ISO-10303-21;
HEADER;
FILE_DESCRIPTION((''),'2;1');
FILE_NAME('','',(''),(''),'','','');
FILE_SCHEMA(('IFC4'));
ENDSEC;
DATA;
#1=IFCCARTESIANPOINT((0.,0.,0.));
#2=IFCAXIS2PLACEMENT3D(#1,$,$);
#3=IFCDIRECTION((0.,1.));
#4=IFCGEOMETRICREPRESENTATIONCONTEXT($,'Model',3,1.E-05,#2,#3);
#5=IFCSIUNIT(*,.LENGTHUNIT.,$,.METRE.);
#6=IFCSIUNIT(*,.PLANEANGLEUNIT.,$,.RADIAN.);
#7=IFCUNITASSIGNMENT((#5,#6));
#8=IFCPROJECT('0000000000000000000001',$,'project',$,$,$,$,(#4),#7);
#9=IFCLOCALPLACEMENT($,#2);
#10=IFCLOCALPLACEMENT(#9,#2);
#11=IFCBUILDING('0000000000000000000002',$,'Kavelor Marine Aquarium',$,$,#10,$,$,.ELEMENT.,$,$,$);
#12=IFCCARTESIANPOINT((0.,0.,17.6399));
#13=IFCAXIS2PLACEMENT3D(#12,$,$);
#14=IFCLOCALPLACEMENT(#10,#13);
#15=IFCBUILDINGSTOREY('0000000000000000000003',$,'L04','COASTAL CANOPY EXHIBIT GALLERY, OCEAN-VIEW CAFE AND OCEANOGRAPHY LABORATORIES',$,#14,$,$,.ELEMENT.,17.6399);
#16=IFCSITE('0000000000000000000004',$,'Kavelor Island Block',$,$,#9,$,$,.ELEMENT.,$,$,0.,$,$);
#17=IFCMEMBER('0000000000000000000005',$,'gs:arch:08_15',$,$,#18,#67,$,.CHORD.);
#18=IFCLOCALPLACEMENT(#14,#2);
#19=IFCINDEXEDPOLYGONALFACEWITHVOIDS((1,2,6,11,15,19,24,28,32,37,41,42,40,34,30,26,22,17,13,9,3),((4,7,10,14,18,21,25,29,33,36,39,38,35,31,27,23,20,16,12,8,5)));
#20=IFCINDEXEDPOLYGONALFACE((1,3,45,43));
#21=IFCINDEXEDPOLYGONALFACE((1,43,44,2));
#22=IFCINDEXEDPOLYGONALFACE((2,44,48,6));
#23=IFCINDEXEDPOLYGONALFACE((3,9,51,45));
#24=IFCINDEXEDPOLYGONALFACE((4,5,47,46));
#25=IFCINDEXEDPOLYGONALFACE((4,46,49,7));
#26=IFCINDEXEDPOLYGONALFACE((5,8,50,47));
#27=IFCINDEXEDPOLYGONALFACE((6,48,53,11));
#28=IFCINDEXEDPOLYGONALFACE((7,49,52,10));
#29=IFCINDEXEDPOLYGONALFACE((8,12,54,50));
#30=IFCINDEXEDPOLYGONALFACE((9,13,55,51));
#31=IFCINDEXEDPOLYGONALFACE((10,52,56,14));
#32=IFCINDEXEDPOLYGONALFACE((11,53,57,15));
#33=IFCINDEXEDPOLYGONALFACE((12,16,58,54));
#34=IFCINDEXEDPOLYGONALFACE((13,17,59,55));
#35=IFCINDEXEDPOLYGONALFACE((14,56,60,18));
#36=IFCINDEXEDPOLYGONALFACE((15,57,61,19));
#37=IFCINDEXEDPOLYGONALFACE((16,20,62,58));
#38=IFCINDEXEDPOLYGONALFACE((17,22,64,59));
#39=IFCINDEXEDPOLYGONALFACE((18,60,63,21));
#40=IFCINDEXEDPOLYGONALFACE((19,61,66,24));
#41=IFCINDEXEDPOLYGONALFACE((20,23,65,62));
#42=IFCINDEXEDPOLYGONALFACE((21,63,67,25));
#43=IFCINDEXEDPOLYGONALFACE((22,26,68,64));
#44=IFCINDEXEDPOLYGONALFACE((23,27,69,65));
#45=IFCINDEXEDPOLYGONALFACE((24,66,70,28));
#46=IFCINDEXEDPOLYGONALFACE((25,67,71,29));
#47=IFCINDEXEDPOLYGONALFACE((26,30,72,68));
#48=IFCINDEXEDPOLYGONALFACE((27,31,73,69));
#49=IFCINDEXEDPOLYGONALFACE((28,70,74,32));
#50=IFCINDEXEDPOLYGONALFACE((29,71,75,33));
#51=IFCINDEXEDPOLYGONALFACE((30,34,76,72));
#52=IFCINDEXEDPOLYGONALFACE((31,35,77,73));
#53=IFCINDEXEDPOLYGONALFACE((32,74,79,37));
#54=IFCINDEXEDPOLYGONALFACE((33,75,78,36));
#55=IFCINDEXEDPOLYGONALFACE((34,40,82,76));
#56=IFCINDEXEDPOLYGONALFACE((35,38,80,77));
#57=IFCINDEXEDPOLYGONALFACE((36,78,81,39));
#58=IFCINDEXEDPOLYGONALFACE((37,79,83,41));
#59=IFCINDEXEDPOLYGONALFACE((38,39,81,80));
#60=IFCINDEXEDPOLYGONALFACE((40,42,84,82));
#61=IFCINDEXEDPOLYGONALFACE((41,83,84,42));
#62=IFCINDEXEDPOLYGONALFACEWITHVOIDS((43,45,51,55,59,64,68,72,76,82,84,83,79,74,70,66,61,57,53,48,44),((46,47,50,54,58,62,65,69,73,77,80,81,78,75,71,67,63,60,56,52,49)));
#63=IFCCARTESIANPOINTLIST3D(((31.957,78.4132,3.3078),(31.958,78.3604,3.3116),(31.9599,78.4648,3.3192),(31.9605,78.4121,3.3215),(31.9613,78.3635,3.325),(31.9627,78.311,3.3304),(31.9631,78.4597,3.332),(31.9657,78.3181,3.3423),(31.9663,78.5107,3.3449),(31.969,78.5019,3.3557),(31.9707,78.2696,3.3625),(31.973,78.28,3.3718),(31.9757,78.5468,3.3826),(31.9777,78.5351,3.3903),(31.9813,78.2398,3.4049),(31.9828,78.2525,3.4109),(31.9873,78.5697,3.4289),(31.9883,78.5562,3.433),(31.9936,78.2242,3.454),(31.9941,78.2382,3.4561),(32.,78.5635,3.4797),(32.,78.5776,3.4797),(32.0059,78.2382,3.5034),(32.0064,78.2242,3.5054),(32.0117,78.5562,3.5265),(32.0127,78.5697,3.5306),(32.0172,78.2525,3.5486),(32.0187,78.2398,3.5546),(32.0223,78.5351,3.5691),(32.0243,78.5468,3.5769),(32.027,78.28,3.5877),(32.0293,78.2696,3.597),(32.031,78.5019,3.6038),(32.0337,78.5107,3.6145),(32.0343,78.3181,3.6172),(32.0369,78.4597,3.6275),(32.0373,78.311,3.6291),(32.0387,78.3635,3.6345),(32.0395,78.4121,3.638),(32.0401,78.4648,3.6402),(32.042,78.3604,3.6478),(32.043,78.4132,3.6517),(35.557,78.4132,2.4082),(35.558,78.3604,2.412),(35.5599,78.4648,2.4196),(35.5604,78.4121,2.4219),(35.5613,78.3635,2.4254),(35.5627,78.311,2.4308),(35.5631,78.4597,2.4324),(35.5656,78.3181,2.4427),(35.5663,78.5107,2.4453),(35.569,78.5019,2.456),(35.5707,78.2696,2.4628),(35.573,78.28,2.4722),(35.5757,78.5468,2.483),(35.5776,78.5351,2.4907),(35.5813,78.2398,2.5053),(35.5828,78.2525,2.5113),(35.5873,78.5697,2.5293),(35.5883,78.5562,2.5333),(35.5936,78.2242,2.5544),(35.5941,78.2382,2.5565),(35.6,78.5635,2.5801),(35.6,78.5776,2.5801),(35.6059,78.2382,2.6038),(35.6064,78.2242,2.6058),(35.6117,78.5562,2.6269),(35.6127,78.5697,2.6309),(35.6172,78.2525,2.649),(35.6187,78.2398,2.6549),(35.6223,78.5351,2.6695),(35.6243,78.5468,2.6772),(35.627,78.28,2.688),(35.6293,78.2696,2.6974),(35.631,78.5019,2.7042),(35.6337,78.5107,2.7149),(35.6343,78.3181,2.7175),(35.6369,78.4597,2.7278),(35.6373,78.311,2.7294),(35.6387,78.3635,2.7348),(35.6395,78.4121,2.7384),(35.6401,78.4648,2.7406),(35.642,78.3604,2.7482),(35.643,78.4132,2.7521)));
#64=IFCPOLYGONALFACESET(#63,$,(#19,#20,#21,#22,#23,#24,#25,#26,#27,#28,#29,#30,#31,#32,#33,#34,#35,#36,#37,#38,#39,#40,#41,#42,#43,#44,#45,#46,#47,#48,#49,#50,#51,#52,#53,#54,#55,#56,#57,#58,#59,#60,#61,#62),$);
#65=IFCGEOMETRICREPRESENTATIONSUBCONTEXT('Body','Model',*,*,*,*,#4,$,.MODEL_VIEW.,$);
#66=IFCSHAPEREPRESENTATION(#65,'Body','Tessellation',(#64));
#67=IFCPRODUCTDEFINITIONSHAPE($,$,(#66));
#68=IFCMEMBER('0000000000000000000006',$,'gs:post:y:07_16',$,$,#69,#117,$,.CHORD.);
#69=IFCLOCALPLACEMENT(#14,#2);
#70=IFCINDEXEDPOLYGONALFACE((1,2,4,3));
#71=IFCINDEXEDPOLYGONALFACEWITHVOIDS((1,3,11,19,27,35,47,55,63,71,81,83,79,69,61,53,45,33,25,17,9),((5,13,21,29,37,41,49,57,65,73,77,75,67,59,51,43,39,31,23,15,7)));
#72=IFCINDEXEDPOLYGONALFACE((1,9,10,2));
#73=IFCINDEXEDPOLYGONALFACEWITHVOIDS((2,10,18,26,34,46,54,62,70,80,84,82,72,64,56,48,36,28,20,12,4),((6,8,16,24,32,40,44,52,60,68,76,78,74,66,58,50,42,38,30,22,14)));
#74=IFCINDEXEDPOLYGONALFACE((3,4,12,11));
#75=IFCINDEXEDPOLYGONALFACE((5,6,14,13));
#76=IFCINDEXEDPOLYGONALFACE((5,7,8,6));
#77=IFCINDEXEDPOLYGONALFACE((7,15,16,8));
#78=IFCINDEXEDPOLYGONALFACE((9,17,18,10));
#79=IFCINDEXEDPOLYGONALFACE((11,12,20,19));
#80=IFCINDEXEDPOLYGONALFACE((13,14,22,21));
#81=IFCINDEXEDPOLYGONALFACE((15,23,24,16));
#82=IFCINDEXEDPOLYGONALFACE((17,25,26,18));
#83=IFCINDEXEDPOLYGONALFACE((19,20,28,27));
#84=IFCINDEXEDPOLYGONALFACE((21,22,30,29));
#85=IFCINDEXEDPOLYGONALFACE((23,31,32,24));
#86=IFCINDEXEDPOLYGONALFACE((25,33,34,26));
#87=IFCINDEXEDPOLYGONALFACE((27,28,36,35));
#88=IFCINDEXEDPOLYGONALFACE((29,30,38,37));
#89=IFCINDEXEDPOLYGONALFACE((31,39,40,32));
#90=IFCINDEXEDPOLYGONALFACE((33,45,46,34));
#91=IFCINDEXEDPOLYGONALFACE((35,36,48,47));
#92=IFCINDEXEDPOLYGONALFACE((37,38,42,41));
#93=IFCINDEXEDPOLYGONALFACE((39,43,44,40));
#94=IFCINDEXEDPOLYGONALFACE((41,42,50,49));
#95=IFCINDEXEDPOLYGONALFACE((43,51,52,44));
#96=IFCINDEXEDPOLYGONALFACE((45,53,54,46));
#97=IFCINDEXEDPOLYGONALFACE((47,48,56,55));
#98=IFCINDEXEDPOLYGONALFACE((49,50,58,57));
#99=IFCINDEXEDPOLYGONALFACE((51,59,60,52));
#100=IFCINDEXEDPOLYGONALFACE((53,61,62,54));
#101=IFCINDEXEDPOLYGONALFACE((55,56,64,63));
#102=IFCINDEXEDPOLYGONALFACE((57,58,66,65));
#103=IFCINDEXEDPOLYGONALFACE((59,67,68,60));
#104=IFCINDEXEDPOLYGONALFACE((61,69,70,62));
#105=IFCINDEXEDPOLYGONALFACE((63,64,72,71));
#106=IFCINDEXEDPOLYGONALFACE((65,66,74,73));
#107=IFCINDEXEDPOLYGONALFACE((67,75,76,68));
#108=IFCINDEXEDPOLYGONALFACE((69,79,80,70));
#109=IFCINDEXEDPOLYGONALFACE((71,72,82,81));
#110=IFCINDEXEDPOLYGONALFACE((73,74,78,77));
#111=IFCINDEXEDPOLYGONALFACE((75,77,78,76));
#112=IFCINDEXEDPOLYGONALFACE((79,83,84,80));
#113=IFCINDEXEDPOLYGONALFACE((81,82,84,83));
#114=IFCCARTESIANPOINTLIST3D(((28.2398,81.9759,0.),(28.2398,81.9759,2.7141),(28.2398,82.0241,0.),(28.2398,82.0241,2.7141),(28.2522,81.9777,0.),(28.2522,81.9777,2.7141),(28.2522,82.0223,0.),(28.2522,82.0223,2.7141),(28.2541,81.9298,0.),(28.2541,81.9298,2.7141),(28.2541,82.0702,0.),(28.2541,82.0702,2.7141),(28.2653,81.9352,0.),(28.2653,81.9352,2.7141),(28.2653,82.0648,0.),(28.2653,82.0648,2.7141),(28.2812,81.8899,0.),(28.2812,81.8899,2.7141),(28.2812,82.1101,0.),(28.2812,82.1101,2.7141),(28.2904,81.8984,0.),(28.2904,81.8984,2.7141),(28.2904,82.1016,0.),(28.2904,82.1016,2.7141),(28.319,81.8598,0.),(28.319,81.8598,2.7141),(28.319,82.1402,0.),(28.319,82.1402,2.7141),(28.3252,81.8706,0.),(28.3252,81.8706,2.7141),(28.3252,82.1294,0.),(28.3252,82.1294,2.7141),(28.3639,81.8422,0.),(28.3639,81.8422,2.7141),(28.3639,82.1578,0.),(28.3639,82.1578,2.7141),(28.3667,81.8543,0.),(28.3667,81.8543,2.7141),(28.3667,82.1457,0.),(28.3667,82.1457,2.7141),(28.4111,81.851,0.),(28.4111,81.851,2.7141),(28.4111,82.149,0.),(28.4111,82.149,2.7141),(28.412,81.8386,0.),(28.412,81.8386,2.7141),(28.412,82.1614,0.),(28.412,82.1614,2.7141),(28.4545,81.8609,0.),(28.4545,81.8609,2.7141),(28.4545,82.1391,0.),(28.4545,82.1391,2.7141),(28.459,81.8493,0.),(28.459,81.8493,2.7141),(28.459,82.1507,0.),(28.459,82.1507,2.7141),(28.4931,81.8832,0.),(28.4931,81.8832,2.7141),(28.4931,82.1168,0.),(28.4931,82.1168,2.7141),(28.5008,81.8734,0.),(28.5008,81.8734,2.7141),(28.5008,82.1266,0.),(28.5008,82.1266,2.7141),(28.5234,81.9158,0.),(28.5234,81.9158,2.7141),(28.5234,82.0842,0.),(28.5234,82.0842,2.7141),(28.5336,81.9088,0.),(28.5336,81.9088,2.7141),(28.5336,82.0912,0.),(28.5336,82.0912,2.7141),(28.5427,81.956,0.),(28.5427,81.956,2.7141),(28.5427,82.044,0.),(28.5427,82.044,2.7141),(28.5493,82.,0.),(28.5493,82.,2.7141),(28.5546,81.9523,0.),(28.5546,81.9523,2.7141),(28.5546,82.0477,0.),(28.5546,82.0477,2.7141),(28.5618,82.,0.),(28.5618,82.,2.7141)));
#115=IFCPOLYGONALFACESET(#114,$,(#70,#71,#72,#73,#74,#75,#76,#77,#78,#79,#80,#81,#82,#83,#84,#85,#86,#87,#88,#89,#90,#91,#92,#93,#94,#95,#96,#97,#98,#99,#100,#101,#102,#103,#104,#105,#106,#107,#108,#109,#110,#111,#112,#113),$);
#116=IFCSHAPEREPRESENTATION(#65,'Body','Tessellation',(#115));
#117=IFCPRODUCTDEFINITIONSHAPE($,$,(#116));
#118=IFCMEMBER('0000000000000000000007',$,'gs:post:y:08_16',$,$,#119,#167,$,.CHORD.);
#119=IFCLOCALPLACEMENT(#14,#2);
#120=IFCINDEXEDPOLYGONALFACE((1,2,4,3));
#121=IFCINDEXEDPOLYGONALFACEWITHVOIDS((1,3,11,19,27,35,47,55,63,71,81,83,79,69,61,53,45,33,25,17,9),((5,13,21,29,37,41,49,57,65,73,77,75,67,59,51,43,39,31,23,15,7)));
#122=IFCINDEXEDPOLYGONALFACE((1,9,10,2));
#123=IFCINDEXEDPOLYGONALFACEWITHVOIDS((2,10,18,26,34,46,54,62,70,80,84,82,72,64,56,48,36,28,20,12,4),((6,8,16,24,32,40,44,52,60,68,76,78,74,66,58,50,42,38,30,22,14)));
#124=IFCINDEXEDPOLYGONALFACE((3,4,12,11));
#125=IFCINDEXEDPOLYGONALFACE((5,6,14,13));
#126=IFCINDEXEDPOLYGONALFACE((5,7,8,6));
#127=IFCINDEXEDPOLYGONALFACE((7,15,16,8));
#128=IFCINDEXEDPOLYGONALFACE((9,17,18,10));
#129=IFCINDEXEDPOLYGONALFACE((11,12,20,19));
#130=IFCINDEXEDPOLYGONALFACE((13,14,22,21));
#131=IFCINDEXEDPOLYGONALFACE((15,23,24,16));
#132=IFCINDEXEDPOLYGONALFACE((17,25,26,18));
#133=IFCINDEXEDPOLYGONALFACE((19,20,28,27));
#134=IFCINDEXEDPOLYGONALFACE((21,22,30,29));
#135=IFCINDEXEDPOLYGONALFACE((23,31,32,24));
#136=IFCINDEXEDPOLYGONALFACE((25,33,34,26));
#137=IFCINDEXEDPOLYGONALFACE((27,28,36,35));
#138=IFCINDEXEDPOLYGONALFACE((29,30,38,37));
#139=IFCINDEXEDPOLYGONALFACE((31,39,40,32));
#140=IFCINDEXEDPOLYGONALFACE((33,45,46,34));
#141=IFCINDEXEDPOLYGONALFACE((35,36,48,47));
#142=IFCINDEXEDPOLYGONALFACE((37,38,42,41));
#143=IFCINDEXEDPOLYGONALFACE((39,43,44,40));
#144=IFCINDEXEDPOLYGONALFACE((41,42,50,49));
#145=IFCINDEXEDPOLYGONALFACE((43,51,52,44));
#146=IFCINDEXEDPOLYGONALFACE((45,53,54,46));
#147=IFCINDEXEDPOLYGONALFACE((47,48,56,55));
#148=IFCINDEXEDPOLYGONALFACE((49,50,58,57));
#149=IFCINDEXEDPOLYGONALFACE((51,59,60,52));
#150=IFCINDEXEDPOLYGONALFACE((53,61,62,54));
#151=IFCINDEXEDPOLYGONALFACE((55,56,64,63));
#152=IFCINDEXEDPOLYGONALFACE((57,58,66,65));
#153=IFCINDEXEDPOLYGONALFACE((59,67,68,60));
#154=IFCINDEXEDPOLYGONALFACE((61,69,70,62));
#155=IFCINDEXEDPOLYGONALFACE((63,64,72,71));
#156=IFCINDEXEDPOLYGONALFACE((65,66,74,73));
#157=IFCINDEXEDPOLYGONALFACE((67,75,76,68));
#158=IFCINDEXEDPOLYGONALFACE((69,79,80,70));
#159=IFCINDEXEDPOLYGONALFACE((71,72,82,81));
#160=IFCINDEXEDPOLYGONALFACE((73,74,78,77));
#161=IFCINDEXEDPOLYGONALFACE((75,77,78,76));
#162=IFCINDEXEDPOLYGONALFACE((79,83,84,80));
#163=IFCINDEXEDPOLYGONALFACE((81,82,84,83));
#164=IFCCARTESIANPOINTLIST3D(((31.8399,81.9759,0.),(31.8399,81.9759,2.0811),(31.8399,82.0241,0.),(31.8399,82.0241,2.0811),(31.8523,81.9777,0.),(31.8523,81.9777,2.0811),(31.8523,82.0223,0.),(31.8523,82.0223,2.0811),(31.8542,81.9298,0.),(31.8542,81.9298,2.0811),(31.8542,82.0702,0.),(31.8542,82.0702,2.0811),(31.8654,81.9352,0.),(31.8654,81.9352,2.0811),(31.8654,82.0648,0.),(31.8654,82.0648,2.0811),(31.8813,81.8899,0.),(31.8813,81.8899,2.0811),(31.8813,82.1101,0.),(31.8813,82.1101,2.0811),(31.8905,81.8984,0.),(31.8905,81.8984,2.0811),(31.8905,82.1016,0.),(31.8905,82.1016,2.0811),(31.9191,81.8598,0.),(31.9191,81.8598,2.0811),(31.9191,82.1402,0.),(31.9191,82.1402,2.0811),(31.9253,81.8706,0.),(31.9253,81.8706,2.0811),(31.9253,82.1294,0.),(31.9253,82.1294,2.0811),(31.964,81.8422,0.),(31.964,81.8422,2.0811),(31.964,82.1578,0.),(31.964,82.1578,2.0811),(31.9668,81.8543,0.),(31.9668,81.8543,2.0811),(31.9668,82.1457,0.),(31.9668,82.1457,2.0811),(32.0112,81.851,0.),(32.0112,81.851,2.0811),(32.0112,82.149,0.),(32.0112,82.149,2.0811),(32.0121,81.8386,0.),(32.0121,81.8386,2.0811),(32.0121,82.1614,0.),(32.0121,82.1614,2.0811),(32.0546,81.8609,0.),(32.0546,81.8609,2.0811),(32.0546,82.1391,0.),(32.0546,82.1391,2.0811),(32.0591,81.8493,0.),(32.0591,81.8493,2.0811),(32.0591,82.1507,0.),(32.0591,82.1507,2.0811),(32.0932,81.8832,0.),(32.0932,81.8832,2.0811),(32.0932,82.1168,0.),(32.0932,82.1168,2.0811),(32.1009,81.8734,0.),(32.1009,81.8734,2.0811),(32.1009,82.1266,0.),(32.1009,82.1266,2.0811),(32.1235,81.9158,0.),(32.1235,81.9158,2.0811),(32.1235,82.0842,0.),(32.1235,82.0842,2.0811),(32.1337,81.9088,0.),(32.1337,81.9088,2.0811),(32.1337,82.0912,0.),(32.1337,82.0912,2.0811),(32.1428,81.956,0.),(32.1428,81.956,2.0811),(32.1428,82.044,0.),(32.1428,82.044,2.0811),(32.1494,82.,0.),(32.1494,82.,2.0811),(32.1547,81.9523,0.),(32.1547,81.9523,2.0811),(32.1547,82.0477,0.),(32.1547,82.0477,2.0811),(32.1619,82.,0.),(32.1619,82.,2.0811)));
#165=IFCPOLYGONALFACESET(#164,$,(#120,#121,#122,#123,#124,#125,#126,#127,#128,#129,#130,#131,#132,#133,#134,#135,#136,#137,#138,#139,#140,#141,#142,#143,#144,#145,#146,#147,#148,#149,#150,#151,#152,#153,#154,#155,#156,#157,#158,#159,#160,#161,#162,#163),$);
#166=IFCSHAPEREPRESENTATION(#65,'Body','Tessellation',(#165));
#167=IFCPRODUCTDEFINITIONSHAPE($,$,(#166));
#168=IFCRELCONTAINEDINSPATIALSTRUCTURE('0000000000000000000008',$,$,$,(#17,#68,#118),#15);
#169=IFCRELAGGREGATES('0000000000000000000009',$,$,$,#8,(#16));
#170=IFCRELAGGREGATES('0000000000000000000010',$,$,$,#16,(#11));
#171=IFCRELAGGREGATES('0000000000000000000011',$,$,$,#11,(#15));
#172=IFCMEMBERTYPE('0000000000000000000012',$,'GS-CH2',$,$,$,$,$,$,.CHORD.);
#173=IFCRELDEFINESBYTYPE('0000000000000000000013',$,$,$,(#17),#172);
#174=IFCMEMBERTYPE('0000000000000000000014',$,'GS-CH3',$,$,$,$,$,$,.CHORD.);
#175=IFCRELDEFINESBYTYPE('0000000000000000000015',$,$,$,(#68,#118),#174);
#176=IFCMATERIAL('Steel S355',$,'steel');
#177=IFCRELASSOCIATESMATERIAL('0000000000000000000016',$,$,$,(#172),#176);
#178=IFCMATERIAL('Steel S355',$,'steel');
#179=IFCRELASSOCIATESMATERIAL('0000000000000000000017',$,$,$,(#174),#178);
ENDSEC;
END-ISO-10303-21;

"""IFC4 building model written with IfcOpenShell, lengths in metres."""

from ifc_helpers import new_model, si_unit, direction, frame, origin, origin_2d, place, context, subcontext, project, spatial, hollow_circle, extrude, material, material_profile, profile_set, type_object, element, save


model = new_model("IFC4")

# Units and contexts
model_context = context("Model", 3, precision=1e-05, world=origin(), true_north=direction((0.0, 1.0)))
body_context = subcontext(model_context, "Body", "Model", "MODEL_VIEW")
ifc_project = project(units=[si_unit("LENGTHUNIT", "METRE"), si_unit("PLANEANGLEUNIT", "RADIAN")], contexts=[model_context])

# Site, building, storey
site_placement = place(None, origin())
site = spatial("IfcSite", under=ifc_project, at=site_placement, Name="Kavelor Island Block", CompositionType="ELEMENT", RefElevation=0.0)
building_placement = place(site_placement, origin())
building = spatial("IfcBuilding", under=site, at=building_placement, Name="Kavelor Marine Aquarium", CompositionType="ELEMENT")
storey_placement = place(building_placement, frame((0.0, 0.0, 17.6399)))
storey = spatial("IfcBuildingStorey", under=building, at=storey_placement, Name="L04", Description="COASTAL CANOPY EXHIBIT GALLERY, OCEAN-VIEW CAFE AND OCEANOGRAPHY LABORATORIES", CompositionType="ELEMENT", Elevation=17.6399)

# Members
ifc_material_1 = material(Name="Steel S355", Category="steel")
ifc_material_profile_1 = material_profile(ifc_material_1, hollow_circle(Radius=0.1777, WallThickness=0.0142, at=origin_2d()), Name="CHS 355.6x14.2")
ifc_profile_set_1 = profile_set([ifc_material_profile_1], Name="Steel S355")
member_type_1 = type_object("IfcMemberType", Name="GS-CH2", PredefinedType="CHORD", material=ifc_profile_set_1)
member_1_placement = place(storey_placement, frame((32.0, 78.3999, 3.4797), z_axis=(0.970166, 0.0, -0.242443), x_axis=(0.0, 1.0, 0.0)))
element("IfcMember", 1, at=member_1_placement, inside=storey, type_object=member_type_1, Name="gs:arch:08_15", PredefinedType="CHORD", context=body_context, shape_type="SweptSolid", body=[
    extrude(hollow_circle(Radius=0.1777, WallThickness=0.0142, at=origin_2d()), origin(), (0.0, 0.0, 1.0), 3.7107),
])
ifc_material_2 = material(Name="Steel S355", Category="steel")
ifc_material_profile_2 = material_profile(ifc_material_2, hollow_circle(Radius=0.1619, WallThickness=0.0125, at=origin_2d()), Name="CHS 323.9x12.5")
ifc_profile_set_2 = profile_set([ifc_material_profile_2], Name="Steel S355")
member_type_2 = type_object("IfcMemberType", Name="GS-CH3", PredefinedType="CHORD", material=ifc_profile_set_2)
member_2_placement = place(storey_placement, frame((28.3999, 82.0, 0.0), z_axis=(0.0, 0.0, 1.0), x_axis=(1.0, 0.0, 0.0)))
element("IfcMember", 2, at=member_2_placement, inside=storey, type_object=member_type_2, Name="gs:post:y:07_16", PredefinedType="CHORD", context=body_context, shape_type="SweptSolid", body=[
    extrude(hollow_circle(Radius=0.1619, WallThickness=0.0125, at=origin_2d()), origin(), (0.0, 0.0, 1.0), 2.7141),
])
member_3_placement = place(storey_placement, frame((32.0, 82.0, 0.0), z_axis=(0.0, 0.0, 1.0), x_axis=(1.0, 0.0, 0.0)))
element("IfcMember", 3, at=member_3_placement, inside=storey, type_object=member_type_2, Name="gs:post:y:08_16", PredefinedType="CHORD", context=body_context, shape_type="SweptSolid", body=[
    extrude(hollow_circle(Radius=0.1619, WallThickness=0.0125, at=origin_2d()), origin(), (0.0, 0.0, 1.0), 2.0811),
])

save(model, "model.ifc")
